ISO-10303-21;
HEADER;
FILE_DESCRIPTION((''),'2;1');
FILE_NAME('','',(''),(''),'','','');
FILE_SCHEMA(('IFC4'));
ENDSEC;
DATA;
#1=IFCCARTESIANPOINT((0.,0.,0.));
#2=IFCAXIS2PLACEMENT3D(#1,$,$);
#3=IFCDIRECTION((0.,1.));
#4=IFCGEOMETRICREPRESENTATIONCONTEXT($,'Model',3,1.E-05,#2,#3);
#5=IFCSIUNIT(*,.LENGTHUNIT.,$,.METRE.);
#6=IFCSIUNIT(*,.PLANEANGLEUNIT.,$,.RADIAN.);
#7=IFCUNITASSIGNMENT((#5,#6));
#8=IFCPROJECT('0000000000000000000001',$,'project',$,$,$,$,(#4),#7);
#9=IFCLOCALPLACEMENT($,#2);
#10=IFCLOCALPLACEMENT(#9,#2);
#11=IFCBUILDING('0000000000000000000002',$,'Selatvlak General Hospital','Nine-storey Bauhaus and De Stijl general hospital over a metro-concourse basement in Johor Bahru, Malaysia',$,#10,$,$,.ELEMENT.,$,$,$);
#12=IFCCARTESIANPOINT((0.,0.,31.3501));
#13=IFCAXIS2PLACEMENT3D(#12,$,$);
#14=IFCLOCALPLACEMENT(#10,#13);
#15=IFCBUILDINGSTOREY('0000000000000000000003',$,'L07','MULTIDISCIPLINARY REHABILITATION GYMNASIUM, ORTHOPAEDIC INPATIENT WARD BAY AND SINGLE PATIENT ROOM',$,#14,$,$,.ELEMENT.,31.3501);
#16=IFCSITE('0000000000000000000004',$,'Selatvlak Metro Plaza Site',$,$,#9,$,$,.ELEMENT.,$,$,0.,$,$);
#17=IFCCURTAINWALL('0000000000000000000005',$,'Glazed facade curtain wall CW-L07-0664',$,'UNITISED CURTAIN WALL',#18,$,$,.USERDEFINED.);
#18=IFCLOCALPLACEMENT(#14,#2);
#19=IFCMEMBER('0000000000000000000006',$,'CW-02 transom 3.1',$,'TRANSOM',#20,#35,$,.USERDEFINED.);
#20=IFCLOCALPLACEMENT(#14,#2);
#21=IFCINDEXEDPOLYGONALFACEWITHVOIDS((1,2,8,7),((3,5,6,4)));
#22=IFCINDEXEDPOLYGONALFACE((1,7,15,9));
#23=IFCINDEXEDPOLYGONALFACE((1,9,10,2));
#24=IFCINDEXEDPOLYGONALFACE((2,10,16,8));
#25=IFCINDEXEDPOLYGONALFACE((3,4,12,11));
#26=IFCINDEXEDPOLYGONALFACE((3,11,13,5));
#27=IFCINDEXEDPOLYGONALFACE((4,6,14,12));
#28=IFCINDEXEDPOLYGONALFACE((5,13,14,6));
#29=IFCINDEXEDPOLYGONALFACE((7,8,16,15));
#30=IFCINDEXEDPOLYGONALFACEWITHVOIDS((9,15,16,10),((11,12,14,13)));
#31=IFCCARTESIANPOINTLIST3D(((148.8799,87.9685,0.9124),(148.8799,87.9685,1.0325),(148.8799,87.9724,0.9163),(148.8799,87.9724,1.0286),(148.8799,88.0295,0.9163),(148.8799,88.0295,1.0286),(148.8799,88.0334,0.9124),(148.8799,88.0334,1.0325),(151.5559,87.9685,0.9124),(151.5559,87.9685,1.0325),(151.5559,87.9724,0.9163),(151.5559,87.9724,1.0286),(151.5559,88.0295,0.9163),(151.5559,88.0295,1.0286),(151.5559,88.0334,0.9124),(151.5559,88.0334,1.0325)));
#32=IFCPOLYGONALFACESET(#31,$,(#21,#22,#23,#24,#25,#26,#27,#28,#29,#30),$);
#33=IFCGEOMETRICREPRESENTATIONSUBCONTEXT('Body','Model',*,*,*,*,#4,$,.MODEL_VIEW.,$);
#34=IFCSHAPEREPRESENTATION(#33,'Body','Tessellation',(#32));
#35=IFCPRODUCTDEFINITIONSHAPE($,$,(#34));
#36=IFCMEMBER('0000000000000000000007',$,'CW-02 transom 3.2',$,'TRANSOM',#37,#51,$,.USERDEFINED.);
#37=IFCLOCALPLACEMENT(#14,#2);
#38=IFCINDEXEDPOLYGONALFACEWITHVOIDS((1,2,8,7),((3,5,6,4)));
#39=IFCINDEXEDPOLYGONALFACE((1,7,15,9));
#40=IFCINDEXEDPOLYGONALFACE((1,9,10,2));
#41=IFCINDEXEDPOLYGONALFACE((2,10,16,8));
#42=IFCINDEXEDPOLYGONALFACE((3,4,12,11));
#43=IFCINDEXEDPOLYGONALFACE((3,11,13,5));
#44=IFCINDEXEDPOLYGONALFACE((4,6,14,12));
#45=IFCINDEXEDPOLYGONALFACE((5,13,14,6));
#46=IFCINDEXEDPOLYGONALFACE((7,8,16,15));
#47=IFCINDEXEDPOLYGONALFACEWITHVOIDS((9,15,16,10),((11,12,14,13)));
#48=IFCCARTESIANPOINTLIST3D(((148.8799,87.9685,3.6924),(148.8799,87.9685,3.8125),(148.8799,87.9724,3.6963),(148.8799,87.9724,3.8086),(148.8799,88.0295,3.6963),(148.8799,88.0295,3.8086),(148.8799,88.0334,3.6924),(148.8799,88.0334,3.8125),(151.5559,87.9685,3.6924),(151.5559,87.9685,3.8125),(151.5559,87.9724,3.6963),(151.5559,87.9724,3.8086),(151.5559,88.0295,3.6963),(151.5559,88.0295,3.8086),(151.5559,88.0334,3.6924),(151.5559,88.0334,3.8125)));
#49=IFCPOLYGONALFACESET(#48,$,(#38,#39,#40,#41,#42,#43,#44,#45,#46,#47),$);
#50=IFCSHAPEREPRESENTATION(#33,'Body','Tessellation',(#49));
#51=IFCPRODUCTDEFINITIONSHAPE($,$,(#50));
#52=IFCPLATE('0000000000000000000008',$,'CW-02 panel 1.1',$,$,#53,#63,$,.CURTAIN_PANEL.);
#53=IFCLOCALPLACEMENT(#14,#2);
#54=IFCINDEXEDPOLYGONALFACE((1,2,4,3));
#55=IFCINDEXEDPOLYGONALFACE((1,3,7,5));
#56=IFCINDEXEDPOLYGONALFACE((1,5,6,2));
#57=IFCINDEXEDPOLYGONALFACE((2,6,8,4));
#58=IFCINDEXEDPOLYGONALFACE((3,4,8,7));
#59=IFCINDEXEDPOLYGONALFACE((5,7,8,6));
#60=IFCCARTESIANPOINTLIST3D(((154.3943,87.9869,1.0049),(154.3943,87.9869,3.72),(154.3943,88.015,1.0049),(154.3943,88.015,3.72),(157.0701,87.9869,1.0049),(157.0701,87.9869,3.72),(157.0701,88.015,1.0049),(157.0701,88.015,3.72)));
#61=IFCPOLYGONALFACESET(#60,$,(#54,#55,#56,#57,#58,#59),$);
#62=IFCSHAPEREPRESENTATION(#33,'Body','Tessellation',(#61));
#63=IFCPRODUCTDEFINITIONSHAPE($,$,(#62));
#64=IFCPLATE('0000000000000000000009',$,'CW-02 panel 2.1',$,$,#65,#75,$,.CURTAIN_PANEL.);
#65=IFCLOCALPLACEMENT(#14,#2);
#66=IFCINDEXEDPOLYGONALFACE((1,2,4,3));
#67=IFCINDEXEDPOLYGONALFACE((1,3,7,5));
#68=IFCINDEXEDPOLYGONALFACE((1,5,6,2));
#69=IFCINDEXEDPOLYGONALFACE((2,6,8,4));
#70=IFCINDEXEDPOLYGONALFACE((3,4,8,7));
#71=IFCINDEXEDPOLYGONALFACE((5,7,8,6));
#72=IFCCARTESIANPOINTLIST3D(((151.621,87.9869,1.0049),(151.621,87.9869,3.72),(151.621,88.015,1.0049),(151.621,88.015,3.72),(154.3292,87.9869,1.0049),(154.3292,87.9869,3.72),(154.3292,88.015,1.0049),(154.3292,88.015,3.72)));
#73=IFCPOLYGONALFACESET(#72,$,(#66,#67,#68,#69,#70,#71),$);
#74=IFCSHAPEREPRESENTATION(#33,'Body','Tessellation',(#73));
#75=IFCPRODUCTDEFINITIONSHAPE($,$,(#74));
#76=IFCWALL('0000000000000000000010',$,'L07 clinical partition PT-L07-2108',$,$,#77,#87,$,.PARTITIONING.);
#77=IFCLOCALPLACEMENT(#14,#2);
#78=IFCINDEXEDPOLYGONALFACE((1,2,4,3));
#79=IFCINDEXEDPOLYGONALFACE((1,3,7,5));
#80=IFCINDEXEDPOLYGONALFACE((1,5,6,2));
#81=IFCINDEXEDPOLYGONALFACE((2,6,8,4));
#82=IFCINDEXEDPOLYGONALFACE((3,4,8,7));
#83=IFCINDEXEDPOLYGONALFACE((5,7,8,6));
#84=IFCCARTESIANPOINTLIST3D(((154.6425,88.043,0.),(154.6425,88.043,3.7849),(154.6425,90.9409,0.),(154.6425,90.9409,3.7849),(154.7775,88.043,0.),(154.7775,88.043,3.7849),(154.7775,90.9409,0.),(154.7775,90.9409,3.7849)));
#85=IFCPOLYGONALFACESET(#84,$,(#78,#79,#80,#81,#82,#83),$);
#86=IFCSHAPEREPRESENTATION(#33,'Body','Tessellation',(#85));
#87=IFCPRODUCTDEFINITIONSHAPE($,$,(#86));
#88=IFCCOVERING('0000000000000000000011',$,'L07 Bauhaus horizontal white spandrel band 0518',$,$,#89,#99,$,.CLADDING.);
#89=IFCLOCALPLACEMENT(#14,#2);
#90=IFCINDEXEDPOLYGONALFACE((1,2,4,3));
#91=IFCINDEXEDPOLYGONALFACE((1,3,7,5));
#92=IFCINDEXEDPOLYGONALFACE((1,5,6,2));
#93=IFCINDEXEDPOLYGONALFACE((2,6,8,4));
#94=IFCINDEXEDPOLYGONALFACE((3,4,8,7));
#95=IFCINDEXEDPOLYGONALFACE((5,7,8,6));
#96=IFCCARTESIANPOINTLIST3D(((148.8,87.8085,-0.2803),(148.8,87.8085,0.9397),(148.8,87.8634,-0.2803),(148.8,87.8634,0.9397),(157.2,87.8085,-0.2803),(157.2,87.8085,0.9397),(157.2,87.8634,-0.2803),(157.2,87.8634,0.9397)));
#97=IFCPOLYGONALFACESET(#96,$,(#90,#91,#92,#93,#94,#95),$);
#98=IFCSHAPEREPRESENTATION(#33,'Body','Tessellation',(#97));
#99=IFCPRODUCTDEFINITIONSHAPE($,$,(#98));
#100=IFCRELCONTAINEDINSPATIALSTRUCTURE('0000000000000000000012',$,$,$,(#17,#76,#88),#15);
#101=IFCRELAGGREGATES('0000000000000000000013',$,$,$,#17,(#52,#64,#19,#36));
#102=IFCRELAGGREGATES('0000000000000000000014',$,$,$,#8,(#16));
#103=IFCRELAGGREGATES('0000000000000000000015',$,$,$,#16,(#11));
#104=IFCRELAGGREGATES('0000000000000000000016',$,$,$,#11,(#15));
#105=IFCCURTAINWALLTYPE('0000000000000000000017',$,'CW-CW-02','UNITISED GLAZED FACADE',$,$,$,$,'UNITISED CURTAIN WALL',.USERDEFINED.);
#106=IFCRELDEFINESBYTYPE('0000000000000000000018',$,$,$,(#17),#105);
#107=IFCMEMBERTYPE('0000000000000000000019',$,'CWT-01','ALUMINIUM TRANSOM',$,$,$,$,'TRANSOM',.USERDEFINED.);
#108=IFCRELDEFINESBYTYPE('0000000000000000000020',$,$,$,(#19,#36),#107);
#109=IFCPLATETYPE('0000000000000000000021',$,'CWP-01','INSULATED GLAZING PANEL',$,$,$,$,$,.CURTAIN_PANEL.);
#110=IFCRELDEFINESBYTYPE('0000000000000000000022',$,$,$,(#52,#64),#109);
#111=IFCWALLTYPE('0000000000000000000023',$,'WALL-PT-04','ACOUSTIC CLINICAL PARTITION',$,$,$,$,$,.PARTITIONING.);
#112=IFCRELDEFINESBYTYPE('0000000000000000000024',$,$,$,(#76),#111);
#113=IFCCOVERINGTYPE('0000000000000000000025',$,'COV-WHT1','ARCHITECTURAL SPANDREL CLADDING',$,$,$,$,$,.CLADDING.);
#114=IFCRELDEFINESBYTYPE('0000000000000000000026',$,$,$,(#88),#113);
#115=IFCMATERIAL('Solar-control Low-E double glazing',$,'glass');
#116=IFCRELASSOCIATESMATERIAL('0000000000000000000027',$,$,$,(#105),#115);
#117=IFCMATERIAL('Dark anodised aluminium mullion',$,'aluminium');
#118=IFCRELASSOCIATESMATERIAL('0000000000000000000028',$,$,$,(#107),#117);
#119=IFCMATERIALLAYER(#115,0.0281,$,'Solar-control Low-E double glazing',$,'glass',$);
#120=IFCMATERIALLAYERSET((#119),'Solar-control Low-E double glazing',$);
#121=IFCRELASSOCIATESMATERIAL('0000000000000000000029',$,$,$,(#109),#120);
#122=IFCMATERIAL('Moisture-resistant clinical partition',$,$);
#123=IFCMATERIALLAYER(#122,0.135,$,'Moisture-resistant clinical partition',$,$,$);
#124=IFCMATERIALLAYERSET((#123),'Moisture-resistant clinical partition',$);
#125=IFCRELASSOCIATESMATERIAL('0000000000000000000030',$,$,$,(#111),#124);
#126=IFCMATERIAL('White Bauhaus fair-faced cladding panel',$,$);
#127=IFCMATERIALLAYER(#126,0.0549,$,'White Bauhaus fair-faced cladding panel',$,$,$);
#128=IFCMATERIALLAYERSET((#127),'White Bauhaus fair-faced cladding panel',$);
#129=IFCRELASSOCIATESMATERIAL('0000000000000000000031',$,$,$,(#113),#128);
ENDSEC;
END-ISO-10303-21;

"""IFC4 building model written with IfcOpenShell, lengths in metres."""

from ifc_helpers import new_model, si_unit, direction, frame, frame_2d, origin, origin_2d, place, context, subcontext, project, spatial, rectangle, hollow_rectangle, extrude, material, layer, layer_set, material_profile, profile_set, type_object, element, aggregate, save


model = new_model("IFC4")

# Units and contexts
model_context = context("Model", 3, precision=1e-05, world=origin(), true_north=direction((0.0, 1.0)))
body_context = subcontext(model_context, "Body", "Model", "MODEL_VIEW")
ifc_project = project(units=[si_unit("LENGTHUNIT", "METRE"), si_unit("PLANEANGLEUNIT", "RADIAN")], contexts=[model_context])

# Site, building, storey
site_placement = place(None, origin())
site = spatial("IfcSite", under=ifc_project, at=site_placement, Name="Selatvlak Metro Plaza Site", CompositionType="ELEMENT", RefElevation=0.0)
building_placement = place(site_placement, origin())
building = spatial("IfcBuilding", under=site, at=building_placement, Name="Selatvlak General Hospital", Description="Nine-storey Bauhaus and De Stijl general hospital over a metro-concourse basement in Johor Bahru, Malaysia", CompositionType="ELEMENT")
storey_placement = place(building_placement, frame((0.0, 0.0, 31.3501)))
storey = spatial("IfcBuildingStorey", under=building, at=storey_placement, Name="L07", Description="MULTIDISCIPLINARY REHABILITATION GYMNASIUM, ORTHOPAEDIC INPATIENT WARD BAY AND SINGLE PATIENT ROOM", CompositionType="ELEMENT", Elevation=31.3501)

# Curtain wall, members, plates
ifc_material_1 = material(Name="Solar-control Low-E double glazing", Category="glass")
curtain_wall_type = type_object("IfcCurtainWallType", Name="CW-CW-02", Description="UNITISED GLAZED FACADE", ElementType="UNITISED CURTAIN WALL", PredefinedType="USERDEFINED", material=ifc_material_1)
curtain_wall_placement = place(storey_placement, origin())
curtain_wall = element("IfcCurtainWall", 1, at=curtain_wall_placement, inside=storey, type_object=curtain_wall_type, Name="Glazed facade curtain wall CW-L07-0664", ObjectType="UNITISED CURTAIN WALL", PredefinedType="USERDEFINED")
ifc_material_2 = material(Name="Dark anodised aluminium mullion", Category="aluminium")
ifc_material_profile_1 = material_profile(ifc_material_2, hollow_rectangle(XDim=0.0649, YDim=0.1201, WallThickness=0.0039, at=origin_2d()), Name="AL-TRN 65x120x4")
ifc_profile_set_1 = profile_set([ifc_material_profile_1], Name="Dark anodised aluminium mullion")
member_type_1 = type_object("IfcMemberType", Name="CWT-01", Description="ALUMINIUM TRANSOM", ElementType="TRANSOM", PredefinedType="USERDEFINED", material=ifc_profile_set_1)
member_1_placement = place(storey_placement, frame((151.5559, 88.001, 0.9724), z_axis=(-1.0, 0.0, 0.0), x_axis=(0.0, -1.0, 0.0)))
member_1 = element("IfcMember", 2, at=member_1_placement, type_object=member_type_1, Name="CW-02 transom 3.1", ObjectType="TRANSOM", PredefinedType="USERDEFINED", context=body_context, shape_type="SweptSolid", body=[
    extrude(hollow_rectangle(XDim=0.0649, YDim=0.1201, WallThickness=0.0039, at=origin_2d()), origin(), (0.0, 0.0, 1.0), 2.676),
])
member_2_placement = place(storey_placement, frame((151.5559, 88.001, 3.7524), z_axis=(-1.0, 0.0, 0.0), x_axis=(0.0, -1.0, 0.0)))
member_2 = element("IfcMember", 3, at=member_2_placement, type_object=member_type_1, Name="CW-02 transom 3.2", ObjectType="TRANSOM", PredefinedType="USERDEFINED", context=body_context, shape_type="SweptSolid", body=[
    extrude(hollow_rectangle(XDim=0.0649, YDim=0.1201, WallThickness=0.0039, at=origin_2d()), origin(), (0.0, 0.0, 1.0), 2.676),
])
ifc_layer_1 = layer(ifc_material_1, 0.0281, Name="Solar-control Low-E double glazing", Category="glass")
ifc_layer_set_1 = layer_set([ifc_layer_1], Name="Solar-control Low-E double glazing")
plate_type = type_object("IfcPlateType", Name="CWP-01", Description="INSULATED GLAZING PANEL", PredefinedType="CURTAIN_PANEL", material=ifc_layer_set_1)
plate_1_placement = place(storey_placement, frame((155.7322, 88.001, 1.0049), z_axis=(0.0, 0.0, 1.0), x_axis=(-1.0, 0.0, 0.0)))
plate_1 = element("IfcPlate", 4, at=plate_1_placement, type_object=plate_type, Name="CW-02 panel 1.1", PredefinedType="CURTAIN_PANEL", context=body_context, shape_type="SweptSolid", body=[
    extrude(rectangle(XDim=2.6758, YDim=0.0281, at=origin_2d()), origin(), (0.0, 0.0, 1.0), 2.7151),
])
plate_2_placement = place(storey_placement, frame((152.9751, 88.001, 1.0049), z_axis=(0.0, 0.0, 1.0), x_axis=(-1.0, 0.0, 0.0)))
plate_2 = element("IfcPlate", 5, at=plate_2_placement, type_object=plate_type, Name="CW-02 panel 2.1", PredefinedType="CURTAIN_PANEL", context=body_context, shape_type="SweptSolid", body=[
    extrude(rectangle(XDim=2.7083, YDim=0.0281, at=origin_2d()), origin(), (0.0, 0.0, 1.0), 2.7151),
])
aggregate(curtain_wall, [plate_1, plate_2, member_1, member_2])

# Wall
ifc_material_3 = material(Name="Moisture-resistant clinical partition")
ifc_layer_2 = layer(ifc_material_3, 0.135, Name="Moisture-resistant clinical partition")
ifc_layer_set_2 = layer_set([ifc_layer_2], Name="Moisture-resistant clinical partition")
wall_type_1 = type_object("IfcWallType", Name="WALL-PT-04", Description="ACOUSTIC CLINICAL PARTITION", PredefinedType="PARTITIONING", material=ifc_layer_set_2)
wall_1_placement = place(storey_placement, frame((154.71, 88.043, 0.0), z_axis=(0.0, 0.0, 1.0), x_axis=(0.0, 1.0, 0.0)))
element("IfcWall", 6, at=wall_1_placement, inside=storey, type_object=wall_type_1, Name="L07 clinical partition PT-L07-2108", PredefinedType="PARTITIONING", context=body_context, shape_type="SweptSolid", body=[
    extrude(rectangle(XDim=2.8979, YDim=0.135, at=frame_2d((1.449, 0.0))), origin(), (0.0, 0.0, 1.0), 3.7849),
])

# Covering
ifc_material_4 = material(Name="White Bauhaus fair-faced cladding panel")
ifc_layer_3 = layer(ifc_material_4, 0.0549, Name="White Bauhaus fair-faced cladding panel")
ifc_layer_set_3 = layer_set([ifc_layer_3], Name="White Bauhaus fair-faced cladding panel")
covering_type = type_object("IfcCoveringType", Name="COV-WHT1", Description="ARCHITECTURAL SPANDREL CLADDING", PredefinedType="CLADDING", material=ifc_layer_set_3)
covering_placement = place(storey_placement, frame((153.0, 87.8359, -0.2803), z_axis=(0.0, 0.0, 1.0), x_axis=(-1.0, 0.0, 0.0)))
element("IfcCovering", 7, at=covering_placement, inside=storey, type_object=covering_type, Name="L07 Bauhaus horizontal white spandrel band 0518", PredefinedType="CLADDING", context=body_context, shape_type="SweptSolid", body=[
    extrude(rectangle(XDim=8.3999, YDim=0.0549, at=origin_2d()), origin(), (0.0, 0.0, 1.0), 1.22),
])

save(model, "model.ifc")
